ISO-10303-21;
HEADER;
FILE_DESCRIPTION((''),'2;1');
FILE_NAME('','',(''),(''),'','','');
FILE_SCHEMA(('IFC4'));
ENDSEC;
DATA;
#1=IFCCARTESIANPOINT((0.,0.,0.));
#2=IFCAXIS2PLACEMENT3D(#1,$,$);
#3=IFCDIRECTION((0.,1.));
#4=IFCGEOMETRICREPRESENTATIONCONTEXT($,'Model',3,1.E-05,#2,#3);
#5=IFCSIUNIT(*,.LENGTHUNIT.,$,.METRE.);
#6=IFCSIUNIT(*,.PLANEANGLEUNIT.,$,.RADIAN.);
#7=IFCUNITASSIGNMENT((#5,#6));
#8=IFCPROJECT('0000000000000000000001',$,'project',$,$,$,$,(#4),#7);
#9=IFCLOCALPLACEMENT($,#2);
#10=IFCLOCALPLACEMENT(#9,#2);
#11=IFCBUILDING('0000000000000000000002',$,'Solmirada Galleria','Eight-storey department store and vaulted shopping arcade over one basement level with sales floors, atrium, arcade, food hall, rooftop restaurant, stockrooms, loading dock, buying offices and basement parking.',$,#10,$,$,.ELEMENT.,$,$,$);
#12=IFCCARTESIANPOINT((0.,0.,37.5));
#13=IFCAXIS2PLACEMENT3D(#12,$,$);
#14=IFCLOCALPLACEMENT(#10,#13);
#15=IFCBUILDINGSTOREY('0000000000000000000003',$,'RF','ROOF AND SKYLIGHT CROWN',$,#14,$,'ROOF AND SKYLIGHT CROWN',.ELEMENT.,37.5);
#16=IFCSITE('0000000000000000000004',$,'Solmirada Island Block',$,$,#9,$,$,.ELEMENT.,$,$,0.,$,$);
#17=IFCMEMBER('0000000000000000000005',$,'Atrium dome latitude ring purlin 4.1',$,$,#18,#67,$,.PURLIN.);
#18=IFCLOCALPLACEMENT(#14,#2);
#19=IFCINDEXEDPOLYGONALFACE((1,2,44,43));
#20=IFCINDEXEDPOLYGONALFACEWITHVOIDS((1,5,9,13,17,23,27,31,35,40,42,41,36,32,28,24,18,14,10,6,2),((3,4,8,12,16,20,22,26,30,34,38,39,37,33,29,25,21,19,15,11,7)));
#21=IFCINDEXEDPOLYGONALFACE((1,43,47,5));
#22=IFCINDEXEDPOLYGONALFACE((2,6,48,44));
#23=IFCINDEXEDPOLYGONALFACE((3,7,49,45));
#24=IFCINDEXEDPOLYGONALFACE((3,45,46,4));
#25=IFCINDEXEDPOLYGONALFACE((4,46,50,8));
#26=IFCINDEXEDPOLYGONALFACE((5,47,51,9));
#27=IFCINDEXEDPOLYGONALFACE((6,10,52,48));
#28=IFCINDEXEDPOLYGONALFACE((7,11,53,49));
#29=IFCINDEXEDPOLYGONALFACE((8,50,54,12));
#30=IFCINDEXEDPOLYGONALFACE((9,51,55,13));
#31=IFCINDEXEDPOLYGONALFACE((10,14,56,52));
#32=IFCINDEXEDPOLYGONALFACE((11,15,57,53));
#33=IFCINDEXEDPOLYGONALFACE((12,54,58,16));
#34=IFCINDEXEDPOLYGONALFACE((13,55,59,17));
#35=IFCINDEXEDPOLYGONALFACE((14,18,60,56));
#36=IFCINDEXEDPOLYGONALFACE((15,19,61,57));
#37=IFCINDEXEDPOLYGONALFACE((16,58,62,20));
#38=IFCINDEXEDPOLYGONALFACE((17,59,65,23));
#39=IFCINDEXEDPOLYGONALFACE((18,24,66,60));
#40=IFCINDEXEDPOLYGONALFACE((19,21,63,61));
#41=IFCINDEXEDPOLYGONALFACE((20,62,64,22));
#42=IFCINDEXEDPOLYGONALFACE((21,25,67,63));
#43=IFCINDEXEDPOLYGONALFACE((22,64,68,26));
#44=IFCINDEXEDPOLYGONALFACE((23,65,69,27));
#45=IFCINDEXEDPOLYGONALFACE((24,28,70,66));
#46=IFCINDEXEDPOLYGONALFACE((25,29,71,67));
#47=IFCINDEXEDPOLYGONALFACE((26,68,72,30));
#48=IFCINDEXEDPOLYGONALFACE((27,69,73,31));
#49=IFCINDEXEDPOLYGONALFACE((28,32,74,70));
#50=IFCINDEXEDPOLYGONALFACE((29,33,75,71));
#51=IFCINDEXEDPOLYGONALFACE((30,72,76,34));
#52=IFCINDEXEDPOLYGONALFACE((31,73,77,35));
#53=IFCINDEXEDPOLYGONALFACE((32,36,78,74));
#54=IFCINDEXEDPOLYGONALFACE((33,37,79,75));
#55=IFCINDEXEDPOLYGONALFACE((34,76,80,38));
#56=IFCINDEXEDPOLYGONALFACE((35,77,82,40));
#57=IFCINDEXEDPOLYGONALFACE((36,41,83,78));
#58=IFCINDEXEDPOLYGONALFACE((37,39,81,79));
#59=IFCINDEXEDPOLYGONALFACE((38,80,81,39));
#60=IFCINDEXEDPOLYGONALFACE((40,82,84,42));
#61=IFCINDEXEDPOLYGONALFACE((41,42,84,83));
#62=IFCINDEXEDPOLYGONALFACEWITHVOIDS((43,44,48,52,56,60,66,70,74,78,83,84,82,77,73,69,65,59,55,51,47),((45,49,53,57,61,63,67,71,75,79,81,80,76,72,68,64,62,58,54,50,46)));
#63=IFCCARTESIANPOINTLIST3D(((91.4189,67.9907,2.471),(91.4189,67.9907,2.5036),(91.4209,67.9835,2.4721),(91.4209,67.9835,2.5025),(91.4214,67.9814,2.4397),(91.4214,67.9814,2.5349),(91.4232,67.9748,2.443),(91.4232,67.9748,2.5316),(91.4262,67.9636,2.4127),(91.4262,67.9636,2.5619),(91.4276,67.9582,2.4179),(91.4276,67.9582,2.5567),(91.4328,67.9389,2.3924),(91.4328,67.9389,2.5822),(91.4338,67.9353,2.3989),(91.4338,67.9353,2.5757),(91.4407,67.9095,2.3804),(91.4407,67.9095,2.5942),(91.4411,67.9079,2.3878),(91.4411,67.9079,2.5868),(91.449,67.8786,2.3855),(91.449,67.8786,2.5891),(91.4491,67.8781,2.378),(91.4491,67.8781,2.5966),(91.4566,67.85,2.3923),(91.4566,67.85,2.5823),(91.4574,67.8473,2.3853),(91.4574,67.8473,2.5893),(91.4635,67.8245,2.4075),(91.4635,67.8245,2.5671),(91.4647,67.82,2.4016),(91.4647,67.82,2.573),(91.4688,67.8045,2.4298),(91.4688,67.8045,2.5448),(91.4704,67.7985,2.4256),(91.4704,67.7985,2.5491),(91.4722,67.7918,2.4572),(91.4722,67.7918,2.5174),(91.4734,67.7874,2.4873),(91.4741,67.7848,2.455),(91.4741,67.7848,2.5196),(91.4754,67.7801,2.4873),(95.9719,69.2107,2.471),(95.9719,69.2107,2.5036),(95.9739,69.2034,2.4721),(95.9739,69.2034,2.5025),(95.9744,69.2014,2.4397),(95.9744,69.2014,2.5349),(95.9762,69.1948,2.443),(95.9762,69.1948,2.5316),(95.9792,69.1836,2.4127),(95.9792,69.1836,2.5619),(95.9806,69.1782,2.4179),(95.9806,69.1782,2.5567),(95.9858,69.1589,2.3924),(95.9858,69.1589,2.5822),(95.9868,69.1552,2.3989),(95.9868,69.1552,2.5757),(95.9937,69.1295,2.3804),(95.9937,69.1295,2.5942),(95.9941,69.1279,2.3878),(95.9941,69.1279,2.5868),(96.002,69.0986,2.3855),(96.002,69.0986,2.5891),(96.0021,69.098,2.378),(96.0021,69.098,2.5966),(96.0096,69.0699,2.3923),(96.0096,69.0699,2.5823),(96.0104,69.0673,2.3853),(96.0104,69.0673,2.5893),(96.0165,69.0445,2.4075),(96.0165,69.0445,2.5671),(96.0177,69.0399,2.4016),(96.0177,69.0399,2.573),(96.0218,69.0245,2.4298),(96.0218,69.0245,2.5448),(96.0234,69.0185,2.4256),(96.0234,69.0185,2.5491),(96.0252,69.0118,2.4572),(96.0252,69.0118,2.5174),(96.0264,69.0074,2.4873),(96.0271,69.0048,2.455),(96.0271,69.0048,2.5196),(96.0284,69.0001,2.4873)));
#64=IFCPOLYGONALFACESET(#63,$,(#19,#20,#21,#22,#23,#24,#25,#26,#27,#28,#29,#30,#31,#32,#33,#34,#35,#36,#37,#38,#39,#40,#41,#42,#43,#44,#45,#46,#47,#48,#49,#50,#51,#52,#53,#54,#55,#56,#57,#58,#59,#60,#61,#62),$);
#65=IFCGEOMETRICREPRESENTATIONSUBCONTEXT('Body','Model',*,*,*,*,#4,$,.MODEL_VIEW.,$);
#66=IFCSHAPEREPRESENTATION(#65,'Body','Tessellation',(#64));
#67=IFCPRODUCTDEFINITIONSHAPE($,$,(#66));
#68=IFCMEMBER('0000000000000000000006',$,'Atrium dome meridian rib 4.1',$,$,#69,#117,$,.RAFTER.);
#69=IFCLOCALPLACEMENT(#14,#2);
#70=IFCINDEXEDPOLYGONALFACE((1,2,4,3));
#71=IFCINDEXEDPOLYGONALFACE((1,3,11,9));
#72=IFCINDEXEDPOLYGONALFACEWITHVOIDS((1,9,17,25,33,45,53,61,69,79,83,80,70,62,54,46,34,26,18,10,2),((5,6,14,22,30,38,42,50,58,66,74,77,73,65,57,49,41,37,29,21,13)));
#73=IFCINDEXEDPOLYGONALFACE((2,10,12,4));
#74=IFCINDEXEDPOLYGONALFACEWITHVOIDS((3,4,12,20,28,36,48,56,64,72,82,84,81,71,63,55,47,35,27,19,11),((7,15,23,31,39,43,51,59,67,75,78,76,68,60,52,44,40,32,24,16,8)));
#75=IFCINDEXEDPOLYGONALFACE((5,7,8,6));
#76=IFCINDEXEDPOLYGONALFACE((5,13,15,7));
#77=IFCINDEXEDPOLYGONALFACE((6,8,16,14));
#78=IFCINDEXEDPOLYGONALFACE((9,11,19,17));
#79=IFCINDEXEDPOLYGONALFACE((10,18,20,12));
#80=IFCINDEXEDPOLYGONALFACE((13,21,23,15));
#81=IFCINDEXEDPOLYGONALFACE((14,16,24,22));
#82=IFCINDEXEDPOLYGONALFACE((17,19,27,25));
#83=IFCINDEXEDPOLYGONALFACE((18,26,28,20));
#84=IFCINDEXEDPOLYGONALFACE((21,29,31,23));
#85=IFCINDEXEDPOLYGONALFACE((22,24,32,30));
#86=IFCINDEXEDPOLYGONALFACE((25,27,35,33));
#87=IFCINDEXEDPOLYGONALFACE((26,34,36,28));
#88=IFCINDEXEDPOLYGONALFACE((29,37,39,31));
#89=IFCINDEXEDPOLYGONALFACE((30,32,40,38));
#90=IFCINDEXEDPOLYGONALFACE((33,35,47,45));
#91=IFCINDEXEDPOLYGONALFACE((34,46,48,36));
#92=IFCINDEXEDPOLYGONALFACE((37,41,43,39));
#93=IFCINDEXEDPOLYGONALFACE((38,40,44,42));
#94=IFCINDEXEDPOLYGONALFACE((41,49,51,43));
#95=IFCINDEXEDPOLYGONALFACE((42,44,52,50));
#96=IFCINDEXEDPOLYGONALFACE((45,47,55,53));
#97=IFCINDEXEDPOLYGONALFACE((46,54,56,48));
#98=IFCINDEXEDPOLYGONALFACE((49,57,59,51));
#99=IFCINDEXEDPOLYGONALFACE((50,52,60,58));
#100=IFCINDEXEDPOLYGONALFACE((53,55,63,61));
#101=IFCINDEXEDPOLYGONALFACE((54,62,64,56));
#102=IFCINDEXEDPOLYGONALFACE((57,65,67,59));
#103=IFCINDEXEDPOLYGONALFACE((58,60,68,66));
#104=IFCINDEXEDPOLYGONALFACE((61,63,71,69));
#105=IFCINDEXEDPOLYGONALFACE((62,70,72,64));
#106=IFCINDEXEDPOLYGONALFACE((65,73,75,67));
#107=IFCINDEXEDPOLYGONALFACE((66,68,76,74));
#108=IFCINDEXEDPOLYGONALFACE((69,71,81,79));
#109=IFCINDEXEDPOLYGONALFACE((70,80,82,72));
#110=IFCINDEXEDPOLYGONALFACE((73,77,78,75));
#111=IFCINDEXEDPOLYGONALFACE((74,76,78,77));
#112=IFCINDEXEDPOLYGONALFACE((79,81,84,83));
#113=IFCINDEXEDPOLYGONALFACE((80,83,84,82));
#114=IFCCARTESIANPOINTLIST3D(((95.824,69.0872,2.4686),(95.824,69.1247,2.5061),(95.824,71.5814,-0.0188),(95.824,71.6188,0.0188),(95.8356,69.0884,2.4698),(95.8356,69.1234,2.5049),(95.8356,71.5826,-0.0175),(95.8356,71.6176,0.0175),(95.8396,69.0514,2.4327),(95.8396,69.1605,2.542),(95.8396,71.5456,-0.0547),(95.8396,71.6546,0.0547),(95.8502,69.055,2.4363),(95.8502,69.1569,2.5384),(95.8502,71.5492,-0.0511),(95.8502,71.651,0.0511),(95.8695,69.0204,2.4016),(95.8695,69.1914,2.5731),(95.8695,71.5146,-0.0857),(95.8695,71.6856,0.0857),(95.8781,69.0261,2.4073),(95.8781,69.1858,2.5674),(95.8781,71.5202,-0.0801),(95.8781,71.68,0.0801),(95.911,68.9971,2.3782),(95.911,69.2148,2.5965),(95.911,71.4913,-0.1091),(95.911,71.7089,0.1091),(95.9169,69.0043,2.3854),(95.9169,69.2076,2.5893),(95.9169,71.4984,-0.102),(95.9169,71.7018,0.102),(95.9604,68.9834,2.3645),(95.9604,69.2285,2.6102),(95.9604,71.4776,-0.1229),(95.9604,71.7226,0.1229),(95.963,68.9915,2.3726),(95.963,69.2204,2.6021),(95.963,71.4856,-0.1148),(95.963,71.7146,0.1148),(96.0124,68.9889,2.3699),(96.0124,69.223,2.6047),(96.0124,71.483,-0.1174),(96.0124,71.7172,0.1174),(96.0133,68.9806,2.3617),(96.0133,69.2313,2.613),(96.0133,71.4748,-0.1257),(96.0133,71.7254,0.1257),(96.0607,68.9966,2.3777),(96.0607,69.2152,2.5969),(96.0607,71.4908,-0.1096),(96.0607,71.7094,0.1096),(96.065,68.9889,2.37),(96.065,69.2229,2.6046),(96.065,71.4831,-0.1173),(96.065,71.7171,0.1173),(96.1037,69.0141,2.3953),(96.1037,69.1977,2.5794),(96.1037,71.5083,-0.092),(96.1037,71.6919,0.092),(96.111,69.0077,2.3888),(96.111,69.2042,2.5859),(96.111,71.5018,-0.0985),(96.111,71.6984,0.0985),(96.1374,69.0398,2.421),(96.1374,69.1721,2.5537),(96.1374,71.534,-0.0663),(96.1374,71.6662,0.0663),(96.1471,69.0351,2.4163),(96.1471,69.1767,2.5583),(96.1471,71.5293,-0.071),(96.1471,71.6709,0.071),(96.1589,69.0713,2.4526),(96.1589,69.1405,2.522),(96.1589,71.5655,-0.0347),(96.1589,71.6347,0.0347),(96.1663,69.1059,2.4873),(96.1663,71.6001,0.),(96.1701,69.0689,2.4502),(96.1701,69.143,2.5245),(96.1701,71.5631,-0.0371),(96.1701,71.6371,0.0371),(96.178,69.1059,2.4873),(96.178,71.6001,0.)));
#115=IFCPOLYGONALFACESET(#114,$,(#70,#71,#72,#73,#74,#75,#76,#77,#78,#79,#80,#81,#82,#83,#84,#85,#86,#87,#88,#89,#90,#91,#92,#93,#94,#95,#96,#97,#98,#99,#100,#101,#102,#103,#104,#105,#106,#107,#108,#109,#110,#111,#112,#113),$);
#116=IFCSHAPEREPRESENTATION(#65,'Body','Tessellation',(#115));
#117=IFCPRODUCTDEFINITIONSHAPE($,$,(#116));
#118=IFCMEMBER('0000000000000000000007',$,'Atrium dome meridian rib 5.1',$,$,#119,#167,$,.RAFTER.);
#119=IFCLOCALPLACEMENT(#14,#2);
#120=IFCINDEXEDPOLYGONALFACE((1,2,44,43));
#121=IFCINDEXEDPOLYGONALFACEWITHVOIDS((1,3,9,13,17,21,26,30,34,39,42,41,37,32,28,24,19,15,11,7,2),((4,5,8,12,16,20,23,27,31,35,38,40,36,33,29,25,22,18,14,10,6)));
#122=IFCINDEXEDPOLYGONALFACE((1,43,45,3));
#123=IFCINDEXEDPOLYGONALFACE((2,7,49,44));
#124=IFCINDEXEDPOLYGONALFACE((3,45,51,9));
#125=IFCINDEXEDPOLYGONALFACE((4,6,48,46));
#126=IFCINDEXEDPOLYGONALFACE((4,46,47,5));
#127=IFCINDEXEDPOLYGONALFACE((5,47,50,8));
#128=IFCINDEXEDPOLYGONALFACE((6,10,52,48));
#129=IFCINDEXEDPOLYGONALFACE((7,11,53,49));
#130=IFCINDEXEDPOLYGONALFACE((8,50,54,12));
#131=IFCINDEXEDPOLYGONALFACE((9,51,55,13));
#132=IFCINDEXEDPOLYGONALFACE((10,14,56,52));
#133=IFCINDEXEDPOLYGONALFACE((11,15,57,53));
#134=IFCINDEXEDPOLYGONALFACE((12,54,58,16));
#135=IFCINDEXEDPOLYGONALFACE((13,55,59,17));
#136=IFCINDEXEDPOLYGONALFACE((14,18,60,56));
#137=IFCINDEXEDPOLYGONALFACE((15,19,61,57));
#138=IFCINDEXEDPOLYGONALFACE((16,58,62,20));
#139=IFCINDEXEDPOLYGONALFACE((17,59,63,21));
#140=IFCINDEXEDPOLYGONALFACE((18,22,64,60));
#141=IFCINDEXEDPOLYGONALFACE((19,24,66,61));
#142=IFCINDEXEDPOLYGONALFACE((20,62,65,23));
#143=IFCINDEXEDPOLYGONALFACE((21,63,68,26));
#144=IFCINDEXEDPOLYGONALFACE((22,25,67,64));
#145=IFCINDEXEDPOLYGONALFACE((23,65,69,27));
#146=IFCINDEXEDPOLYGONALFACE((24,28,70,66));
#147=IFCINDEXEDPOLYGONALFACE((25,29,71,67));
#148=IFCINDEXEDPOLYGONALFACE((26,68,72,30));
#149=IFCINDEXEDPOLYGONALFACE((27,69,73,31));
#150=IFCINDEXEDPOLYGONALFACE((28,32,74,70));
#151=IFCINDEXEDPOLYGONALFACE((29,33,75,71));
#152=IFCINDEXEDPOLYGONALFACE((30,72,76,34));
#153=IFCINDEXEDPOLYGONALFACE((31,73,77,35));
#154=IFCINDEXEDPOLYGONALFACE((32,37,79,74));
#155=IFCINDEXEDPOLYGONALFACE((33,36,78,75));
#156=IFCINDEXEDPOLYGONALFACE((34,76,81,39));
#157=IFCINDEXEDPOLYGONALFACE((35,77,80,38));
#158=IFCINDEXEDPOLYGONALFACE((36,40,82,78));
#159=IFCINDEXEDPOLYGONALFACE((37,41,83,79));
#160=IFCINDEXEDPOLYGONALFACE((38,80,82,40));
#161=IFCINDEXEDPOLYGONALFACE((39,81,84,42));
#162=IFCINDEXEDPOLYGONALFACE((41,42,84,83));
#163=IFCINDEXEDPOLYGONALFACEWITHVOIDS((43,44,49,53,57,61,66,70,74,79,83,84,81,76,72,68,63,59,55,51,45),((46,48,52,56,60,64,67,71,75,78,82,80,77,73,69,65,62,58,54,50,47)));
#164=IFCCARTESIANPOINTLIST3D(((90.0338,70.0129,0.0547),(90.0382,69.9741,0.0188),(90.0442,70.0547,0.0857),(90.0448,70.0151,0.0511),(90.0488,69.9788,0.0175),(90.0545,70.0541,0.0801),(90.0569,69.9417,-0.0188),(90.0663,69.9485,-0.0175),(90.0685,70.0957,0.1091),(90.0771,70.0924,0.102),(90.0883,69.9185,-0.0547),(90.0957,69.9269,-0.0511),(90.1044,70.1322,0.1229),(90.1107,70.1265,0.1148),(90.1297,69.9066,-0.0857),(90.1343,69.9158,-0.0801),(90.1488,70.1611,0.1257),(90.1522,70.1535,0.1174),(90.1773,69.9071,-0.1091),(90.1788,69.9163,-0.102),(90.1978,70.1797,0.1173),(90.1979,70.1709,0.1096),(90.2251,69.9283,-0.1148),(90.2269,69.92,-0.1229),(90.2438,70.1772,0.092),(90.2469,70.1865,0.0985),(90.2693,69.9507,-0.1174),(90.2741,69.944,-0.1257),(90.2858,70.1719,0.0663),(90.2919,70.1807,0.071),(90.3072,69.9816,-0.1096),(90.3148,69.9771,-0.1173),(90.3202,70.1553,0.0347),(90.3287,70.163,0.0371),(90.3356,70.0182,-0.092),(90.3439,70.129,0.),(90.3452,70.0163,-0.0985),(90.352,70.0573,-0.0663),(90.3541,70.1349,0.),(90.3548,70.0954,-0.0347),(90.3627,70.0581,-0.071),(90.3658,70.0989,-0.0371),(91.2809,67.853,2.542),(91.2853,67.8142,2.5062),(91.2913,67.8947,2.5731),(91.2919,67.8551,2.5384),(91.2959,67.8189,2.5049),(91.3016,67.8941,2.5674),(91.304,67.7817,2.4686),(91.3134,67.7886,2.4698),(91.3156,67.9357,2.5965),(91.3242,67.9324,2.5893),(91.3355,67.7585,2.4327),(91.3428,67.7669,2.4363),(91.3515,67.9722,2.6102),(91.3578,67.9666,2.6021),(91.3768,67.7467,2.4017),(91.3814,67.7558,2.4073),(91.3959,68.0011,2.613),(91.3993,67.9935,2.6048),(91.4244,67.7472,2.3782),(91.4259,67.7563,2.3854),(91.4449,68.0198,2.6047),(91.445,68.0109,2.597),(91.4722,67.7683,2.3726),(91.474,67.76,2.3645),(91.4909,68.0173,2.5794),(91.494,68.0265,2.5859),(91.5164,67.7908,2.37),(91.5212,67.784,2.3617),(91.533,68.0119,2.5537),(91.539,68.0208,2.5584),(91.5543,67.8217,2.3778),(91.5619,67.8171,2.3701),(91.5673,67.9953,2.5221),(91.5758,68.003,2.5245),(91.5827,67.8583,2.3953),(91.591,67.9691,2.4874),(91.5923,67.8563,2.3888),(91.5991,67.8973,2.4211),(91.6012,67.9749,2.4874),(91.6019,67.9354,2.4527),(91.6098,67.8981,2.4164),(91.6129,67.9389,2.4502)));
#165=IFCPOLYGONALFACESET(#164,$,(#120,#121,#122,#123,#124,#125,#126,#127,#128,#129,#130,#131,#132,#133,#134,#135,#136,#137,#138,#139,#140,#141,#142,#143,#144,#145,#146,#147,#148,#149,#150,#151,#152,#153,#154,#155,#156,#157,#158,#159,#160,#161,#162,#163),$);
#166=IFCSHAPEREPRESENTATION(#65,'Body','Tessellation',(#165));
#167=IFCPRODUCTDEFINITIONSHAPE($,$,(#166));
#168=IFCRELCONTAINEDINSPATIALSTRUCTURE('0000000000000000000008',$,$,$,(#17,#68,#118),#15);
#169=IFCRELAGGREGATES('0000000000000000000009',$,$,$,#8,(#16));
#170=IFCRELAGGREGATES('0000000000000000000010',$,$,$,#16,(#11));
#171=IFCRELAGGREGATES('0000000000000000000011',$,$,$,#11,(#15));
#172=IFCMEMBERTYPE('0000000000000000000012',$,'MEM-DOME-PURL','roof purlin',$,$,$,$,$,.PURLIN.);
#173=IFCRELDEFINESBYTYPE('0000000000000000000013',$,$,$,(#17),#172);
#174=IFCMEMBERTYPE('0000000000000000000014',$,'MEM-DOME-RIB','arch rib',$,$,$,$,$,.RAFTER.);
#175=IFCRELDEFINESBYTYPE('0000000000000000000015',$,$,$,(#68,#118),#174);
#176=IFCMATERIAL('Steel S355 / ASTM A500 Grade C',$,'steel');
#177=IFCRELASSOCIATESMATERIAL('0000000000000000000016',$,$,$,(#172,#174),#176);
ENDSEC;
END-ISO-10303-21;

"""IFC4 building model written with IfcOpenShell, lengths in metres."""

from ifc_helpers import new_model, si_unit, direction, frame, origin, origin_2d, place, context, subcontext, project, spatial, hollow_circle, extrude, material, material_profile, profile_set, type_object, element, save


model = new_model("IFC4")

# Units and contexts
model_context = context("Model", 3, precision=1e-05, world=origin(), true_north=direction((0.0, 1.0)))
body_context = subcontext(model_context, "Body", "Model", "MODEL_VIEW")
ifc_project = project(units=[si_unit("LENGTHUNIT", "METRE"), si_unit("PLANEANGLEUNIT", "RADIAN")], contexts=[model_context])

# Site, building, storey
site_placement = place(None, origin())
site = spatial("IfcSite", under=ifc_project, at=site_placement, Name="Solmirada Island Block", CompositionType="ELEMENT", RefElevation=0.0)
building_placement = place(site_placement, origin())
building = spatial("IfcBuilding", under=site, at=building_placement, Name="Solmirada Galleria", Description="Eight-storey department store and vaulted shopping arcade over one basement level with sales floors, atrium, arcade, food hall, rooftop restaurant, stockrooms, loading dock, buying offices and basement parking.", CompositionType="ELEMENT")
storey_placement = place(building_placement, frame((0.0, 0.0, 37.5)))
storey = spatial("IfcBuildingStorey", under=building, at=storey_placement, Name="RF", Description="ROOF AND SKYLIGHT CROWN", LongName="ROOF AND SKYLIGHT CROWN", CompositionType="ELEMENT", Elevation=37.5)

# Members
ifc_material_1 = material(Name="Steel S355 / ASTM A500 Grade C", Category="steel")
ifc_material_profile_1 = material_profile(ifc_material_1, hollow_circle(Radius=0.1096, WallThickness=0.0076, at=origin_2d()), Name="HSS8.625X0.322")
ifc_profile_set_1 = profile_set([ifc_material_profile_1], Name="Steel S355 / ASTM A500 Grade C")
member_type_1 = type_object("IfcMemberType", Name="MEM-DOME-PURL", Description="roof purlin", PredefinedType="PURLIN", material=ifc_profile_set_1)
member_1_placement = place(storey_placement, frame((96.0, 69.106, 2.4873), z_axis=(-0.965926, -0.25882, 0.0), x_axis=(0.25882, -0.965926, 0.0)))
element("IfcMember", 1, at=member_1_placement, inside=storey, type_object=member_type_1, Name="Atrium dome latitude ring purlin 4.1", PredefinedType="PURLIN", context=body_context, shape_type="SweptSolid", body=[
    extrude(hollow_circle(Radius=0.1096, WallThickness=0.0076, at=origin_2d()), origin(), (0.0, 0.0, 1.0), 4.7136),
])
ifc_material_profile_2 = material_profile(ifc_material_1, hollow_circle(Radius=0.178, WallThickness=0.0117, at=origin_2d()), Name="HSS14.000X0.500")
ifc_profile_set_2 = profile_set([ifc_material_profile_2], Name="Steel S355 / ASTM A500 Grade C")
member_type_2 = type_object("IfcMemberType", Name="MEM-DOME-RIB", Description="arch rib", PredefinedType="RAFTER", material=ifc_profile_set_2)
for number, where, z_axis, x_axis, name in (
    (2, (96.0, 71.6001, 0.0), (0.0, -0.708076, 0.706136), (1.0, 0.0, 0.0), "Atrium dome meridian rib 4.1"),
    (3, (90.2, 70.0459, 0.0), (0.354043, -0.613199, 0.706145), (0.866018, 0.500013, 0.0), "Atrium dome meridian rib 5.1"),
):
    element("IfcMember", number, at=place(storey_placement, frame(where, z_axis=z_axis, x_axis=x_axis)), inside=storey, type_object=member_type_2, Name=name, PredefinedType="RAFTER", context=body_context, shape_type="SweptSolid", body=[
        extrude(hollow_circle(Radius=0.178, WallThickness=0.0117, at=origin_2d()), origin(), (0.0, 0.0, 1.0), 3.5225),
    ])

save(model, "model.ifc")
